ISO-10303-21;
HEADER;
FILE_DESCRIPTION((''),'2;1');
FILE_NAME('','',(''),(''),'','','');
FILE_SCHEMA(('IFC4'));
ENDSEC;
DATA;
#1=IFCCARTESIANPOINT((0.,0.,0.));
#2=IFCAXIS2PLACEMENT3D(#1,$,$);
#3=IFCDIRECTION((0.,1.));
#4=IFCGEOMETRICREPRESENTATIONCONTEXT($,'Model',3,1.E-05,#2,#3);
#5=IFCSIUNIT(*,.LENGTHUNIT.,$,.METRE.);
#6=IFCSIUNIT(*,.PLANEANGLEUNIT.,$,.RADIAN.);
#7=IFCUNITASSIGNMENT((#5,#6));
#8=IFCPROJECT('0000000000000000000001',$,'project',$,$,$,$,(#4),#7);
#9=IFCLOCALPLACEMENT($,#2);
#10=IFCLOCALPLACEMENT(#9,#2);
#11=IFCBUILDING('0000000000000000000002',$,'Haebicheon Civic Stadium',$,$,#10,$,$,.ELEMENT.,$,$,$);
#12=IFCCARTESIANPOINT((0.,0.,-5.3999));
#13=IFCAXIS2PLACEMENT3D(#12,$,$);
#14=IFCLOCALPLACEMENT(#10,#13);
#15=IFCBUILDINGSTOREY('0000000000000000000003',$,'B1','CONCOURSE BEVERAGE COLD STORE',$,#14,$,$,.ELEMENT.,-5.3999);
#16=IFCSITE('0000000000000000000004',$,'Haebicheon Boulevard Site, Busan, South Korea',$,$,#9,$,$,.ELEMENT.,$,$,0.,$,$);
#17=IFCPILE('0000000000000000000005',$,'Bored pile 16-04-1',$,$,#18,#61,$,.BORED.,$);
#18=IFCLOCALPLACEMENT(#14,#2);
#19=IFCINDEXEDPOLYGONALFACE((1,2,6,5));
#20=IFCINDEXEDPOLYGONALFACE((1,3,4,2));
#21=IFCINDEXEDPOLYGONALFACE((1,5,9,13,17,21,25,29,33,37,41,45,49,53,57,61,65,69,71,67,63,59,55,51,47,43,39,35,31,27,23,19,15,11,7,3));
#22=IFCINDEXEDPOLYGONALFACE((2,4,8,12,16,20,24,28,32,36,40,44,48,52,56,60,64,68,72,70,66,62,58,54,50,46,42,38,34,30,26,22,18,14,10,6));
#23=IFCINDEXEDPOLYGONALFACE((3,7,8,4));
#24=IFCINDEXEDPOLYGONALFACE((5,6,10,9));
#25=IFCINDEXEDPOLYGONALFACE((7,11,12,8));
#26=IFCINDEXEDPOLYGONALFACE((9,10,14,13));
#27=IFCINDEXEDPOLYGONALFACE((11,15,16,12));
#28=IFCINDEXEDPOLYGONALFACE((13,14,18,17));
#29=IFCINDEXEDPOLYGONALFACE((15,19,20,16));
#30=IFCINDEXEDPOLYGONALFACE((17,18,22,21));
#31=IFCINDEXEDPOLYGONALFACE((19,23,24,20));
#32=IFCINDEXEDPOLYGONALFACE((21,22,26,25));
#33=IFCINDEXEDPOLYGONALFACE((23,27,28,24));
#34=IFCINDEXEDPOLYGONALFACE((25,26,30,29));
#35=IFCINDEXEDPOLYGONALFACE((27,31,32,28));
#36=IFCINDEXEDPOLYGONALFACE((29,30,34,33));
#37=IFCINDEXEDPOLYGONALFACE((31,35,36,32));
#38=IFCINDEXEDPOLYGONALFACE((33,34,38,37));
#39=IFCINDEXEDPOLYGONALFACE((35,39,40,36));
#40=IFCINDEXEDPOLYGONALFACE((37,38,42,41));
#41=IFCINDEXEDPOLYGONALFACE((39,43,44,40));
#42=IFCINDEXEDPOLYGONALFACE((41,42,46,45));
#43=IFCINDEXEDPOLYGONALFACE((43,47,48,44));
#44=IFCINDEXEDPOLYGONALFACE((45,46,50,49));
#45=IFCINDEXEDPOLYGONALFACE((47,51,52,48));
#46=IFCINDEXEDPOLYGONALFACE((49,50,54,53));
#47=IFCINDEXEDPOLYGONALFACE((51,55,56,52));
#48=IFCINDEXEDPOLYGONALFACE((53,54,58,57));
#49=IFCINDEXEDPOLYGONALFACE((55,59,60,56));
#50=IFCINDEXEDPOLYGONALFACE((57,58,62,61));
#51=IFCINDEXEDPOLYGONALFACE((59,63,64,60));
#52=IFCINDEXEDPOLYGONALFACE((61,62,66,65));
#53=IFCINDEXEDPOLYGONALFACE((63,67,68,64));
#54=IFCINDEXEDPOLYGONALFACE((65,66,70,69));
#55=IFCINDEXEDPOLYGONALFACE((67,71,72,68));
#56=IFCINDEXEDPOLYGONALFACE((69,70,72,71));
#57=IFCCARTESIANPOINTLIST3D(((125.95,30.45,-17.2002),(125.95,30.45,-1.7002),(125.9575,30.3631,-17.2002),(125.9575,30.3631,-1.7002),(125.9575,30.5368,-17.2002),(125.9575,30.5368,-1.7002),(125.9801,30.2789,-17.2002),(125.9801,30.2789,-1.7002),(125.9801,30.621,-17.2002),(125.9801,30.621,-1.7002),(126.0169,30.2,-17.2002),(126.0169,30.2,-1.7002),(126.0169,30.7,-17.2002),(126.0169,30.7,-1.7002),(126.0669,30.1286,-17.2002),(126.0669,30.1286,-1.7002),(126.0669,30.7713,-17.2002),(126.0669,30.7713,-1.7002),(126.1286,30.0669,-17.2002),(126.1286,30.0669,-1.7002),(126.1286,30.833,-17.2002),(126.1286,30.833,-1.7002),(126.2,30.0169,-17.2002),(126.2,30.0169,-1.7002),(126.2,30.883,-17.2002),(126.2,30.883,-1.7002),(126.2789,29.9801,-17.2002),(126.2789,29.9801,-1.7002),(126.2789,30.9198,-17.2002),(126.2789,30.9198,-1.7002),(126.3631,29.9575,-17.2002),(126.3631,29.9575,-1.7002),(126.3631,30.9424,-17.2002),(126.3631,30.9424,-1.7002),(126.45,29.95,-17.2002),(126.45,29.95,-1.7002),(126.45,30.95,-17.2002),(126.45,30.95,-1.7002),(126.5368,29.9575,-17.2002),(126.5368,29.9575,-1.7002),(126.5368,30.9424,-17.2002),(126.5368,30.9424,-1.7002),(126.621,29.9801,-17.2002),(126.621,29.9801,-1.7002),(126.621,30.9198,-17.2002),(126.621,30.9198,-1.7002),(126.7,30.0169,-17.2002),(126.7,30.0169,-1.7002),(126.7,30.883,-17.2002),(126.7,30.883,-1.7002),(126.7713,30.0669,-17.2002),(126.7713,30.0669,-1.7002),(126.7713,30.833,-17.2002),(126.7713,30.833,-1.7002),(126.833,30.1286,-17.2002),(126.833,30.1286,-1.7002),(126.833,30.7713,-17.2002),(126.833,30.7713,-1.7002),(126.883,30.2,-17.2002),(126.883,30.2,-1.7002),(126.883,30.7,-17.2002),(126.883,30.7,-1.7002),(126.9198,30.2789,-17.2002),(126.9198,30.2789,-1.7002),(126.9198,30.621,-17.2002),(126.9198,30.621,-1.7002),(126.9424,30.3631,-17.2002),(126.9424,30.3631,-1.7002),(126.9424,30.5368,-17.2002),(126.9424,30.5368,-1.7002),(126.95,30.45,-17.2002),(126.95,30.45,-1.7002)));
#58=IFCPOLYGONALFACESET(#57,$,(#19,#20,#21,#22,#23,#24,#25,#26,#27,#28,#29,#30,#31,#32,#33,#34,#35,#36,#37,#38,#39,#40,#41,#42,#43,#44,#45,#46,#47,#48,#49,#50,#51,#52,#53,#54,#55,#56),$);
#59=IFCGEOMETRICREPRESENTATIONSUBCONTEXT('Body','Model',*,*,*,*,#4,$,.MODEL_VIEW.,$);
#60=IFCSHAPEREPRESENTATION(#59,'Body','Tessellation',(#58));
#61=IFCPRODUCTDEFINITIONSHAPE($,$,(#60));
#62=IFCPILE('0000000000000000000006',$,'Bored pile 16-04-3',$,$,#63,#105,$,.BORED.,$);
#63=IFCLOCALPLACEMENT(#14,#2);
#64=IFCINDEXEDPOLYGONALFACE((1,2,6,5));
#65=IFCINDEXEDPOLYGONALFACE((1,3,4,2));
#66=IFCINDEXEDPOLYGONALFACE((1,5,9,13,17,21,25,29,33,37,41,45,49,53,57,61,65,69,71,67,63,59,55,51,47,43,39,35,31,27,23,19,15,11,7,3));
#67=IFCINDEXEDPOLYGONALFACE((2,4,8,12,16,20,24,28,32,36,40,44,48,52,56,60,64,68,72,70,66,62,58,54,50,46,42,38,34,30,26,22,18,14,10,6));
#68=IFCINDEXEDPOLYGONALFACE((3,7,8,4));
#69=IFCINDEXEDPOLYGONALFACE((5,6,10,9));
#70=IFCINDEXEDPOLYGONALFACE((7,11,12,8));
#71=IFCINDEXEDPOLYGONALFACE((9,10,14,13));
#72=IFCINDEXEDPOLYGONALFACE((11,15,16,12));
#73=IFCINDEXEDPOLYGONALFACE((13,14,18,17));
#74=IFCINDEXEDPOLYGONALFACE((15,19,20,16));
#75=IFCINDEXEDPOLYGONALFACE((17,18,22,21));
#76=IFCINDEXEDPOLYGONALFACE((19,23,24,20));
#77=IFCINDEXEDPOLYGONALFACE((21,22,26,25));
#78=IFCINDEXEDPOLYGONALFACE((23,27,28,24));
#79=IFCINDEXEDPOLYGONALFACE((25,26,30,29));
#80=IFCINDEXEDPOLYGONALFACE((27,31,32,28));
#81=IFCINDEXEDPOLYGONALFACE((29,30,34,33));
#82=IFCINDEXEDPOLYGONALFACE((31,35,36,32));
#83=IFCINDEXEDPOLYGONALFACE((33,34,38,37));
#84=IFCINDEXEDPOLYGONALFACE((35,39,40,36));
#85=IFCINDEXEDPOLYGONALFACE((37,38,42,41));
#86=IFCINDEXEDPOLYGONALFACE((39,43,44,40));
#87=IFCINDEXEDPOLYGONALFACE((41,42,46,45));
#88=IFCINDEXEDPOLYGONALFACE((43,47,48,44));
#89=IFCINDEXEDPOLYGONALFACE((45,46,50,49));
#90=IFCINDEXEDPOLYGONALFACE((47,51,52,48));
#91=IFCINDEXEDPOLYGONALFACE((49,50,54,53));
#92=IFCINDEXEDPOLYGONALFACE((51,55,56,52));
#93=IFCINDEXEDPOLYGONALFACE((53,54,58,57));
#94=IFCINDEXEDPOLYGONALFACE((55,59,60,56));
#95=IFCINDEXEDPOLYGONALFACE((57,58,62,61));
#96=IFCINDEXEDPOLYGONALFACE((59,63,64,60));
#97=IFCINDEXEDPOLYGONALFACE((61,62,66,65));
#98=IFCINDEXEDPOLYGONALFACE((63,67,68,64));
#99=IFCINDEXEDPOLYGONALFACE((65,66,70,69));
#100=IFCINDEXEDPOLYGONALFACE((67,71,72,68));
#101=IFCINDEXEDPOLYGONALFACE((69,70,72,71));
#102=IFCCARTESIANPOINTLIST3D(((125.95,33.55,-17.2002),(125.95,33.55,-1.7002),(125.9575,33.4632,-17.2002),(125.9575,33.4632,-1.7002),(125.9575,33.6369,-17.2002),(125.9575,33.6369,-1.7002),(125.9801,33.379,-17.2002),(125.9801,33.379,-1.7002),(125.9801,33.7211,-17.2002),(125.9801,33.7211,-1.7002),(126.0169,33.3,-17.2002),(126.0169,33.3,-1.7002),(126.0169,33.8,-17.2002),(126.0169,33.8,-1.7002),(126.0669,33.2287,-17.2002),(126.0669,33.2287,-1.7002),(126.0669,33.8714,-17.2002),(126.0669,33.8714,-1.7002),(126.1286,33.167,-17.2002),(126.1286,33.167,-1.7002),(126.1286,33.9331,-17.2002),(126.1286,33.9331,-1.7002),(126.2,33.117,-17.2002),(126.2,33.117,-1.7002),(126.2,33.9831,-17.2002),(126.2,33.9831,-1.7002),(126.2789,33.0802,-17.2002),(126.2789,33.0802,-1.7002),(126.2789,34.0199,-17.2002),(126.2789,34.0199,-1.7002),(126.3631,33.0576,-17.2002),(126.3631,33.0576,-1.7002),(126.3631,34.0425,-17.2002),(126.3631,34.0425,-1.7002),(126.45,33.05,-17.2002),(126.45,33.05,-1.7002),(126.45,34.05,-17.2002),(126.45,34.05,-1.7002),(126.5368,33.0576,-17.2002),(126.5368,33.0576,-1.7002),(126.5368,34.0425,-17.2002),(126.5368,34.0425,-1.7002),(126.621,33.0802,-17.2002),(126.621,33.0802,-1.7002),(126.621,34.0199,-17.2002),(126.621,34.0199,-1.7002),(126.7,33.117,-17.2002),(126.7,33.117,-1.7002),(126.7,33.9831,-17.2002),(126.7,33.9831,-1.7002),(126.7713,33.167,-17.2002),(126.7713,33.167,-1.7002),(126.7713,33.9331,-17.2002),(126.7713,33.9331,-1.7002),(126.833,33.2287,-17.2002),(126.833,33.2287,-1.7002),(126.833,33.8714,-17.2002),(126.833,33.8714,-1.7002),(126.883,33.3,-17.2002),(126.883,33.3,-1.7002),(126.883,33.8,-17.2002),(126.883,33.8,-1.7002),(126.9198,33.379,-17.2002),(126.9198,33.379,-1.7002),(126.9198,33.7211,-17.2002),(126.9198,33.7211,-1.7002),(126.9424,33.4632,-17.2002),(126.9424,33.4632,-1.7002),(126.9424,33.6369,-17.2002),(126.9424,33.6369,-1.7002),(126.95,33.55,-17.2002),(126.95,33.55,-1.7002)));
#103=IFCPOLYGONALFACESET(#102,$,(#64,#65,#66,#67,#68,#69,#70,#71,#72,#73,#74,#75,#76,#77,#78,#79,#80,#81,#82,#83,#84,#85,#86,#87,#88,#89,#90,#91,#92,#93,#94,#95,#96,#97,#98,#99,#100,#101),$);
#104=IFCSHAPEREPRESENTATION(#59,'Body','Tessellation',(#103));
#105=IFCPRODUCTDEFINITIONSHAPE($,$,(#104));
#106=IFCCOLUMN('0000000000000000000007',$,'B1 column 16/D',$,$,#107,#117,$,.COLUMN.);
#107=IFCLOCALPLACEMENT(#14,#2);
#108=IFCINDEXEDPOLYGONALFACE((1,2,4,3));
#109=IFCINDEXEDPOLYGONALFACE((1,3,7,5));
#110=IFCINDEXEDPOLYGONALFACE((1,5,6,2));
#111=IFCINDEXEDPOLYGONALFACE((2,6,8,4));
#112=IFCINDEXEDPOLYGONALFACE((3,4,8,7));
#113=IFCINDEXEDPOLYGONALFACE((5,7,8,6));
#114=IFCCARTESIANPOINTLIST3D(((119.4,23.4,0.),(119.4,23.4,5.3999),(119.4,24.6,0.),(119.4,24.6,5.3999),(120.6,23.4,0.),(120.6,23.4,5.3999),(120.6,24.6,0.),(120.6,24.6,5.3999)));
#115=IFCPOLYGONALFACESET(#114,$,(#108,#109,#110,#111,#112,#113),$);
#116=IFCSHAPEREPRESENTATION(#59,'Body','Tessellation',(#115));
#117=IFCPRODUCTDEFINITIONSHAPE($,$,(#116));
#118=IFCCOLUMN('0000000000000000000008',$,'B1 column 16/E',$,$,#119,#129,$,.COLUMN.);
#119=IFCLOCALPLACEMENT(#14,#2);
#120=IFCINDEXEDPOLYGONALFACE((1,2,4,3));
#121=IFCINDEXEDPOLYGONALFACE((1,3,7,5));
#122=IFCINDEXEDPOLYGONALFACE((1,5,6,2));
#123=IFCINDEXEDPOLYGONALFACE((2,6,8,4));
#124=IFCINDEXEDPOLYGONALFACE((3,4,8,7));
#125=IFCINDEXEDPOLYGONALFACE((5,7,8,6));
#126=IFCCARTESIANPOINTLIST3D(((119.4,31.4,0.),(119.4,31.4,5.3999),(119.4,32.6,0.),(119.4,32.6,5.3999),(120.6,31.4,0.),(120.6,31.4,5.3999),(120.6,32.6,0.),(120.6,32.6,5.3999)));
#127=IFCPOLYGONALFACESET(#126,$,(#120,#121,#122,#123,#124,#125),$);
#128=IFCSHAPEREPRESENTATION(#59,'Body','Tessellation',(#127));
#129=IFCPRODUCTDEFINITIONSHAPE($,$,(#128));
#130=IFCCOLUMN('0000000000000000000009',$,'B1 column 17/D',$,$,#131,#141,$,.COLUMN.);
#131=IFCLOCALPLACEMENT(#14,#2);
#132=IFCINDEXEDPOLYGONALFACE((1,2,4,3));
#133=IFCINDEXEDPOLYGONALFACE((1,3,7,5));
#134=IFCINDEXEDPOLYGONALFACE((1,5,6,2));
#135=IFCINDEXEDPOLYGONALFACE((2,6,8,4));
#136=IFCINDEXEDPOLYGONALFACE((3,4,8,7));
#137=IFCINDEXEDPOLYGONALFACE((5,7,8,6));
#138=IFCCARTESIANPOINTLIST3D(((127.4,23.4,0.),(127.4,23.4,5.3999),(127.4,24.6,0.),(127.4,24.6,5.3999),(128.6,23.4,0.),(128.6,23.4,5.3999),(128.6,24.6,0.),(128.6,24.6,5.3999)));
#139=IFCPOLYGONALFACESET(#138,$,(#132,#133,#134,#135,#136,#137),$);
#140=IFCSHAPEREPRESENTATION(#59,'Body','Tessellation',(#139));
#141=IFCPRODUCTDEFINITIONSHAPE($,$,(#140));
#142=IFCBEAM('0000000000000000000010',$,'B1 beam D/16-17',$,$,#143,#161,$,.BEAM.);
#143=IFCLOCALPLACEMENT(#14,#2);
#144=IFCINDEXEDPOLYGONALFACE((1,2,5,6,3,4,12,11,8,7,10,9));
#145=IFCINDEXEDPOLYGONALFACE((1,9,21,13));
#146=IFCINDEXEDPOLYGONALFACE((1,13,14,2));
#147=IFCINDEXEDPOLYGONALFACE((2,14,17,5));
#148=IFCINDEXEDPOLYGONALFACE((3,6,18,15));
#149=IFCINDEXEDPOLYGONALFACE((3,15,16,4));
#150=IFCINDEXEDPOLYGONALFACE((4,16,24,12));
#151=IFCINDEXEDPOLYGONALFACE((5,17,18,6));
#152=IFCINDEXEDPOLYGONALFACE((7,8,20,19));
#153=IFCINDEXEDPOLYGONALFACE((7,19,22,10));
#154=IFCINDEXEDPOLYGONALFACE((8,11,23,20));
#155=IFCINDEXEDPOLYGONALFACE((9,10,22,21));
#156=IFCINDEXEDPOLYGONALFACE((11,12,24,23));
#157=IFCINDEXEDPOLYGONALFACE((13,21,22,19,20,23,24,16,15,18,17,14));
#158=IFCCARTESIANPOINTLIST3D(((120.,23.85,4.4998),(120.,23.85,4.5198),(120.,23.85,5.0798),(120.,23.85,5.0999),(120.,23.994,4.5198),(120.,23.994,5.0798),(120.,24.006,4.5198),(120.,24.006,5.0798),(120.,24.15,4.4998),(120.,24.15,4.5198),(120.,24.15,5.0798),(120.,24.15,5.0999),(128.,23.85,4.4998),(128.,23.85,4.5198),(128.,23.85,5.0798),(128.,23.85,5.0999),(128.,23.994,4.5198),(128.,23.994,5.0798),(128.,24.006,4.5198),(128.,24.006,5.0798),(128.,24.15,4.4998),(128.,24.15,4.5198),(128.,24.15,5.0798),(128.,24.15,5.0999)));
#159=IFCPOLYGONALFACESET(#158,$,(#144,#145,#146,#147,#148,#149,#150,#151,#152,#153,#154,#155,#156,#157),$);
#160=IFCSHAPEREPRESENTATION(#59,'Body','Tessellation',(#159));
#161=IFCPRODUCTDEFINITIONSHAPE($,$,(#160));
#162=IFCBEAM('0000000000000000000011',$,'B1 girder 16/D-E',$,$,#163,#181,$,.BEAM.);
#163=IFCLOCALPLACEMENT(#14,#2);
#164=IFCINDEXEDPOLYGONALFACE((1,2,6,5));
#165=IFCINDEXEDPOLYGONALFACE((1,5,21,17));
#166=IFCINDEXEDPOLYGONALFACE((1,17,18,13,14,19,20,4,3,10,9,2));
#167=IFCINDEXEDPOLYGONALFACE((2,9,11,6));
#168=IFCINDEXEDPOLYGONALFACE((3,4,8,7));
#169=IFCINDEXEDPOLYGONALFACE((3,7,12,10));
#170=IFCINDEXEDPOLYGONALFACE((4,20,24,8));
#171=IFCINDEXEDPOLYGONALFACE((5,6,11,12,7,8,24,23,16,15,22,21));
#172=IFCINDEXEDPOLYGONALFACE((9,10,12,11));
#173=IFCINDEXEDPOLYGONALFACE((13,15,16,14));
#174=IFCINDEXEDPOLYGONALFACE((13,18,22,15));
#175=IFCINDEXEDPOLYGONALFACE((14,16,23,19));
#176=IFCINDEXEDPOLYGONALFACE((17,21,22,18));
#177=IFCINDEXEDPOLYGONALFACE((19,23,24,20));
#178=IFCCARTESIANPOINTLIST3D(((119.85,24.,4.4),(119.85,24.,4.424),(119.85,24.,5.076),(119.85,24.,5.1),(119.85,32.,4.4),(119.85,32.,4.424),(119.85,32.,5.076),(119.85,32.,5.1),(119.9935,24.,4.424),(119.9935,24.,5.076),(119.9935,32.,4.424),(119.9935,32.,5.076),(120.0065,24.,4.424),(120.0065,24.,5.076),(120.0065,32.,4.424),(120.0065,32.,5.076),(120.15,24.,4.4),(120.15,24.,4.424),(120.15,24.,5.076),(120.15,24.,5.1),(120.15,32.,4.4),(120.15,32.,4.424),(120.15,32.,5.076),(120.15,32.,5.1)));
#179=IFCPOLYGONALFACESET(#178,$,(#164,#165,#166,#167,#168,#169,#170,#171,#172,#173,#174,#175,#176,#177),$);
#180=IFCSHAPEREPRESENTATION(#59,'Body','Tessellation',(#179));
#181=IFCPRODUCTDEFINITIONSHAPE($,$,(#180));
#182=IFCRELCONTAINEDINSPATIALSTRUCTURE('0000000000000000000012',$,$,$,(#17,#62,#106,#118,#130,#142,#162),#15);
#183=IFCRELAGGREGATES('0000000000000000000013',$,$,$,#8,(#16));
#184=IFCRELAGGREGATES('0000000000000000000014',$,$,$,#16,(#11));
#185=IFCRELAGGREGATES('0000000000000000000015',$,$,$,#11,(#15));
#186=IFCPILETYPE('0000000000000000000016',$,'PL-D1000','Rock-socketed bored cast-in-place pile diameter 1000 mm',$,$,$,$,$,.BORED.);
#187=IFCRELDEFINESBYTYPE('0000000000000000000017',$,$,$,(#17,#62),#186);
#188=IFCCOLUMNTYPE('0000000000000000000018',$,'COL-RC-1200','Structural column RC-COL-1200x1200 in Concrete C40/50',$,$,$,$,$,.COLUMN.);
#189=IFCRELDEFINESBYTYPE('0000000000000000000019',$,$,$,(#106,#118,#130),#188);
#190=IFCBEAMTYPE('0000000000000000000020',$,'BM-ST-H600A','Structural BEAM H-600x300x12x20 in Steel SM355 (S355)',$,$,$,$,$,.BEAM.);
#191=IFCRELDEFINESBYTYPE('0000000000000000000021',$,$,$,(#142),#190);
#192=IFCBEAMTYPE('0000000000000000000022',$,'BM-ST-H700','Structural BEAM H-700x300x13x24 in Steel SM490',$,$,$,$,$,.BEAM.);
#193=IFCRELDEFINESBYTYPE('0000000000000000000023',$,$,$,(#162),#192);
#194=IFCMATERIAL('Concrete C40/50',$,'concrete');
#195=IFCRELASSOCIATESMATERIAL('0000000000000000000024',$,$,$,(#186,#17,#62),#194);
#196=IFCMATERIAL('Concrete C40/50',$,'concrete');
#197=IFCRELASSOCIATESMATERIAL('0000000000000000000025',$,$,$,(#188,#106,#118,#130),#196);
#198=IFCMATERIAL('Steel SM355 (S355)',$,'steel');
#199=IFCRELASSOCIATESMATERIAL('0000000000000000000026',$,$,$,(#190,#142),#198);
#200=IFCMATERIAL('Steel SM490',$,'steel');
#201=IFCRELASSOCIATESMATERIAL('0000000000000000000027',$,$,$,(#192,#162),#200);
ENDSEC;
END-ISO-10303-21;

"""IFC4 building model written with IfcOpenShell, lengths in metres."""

from ifc_helpers import new_model, si_unit, direction, frame, origin, origin_2d, place, context, subcontext, project, spatial, rectangle, circle, i_section, extrude, material, material_profile, profile_set, type_object, element, save


model = new_model("IFC4")

# Units and contexts
model_context = context("Model", 3, precision=1e-05, world=origin(), true_north=direction((0.0, 1.0)))
body_context = subcontext(model_context, "Body", "Model", "MODEL_VIEW")
ifc_project = project(units=[si_unit("LENGTHUNIT", "METRE"), si_unit("PLANEANGLEUNIT", "RADIAN")], contexts=[model_context])

# Site, building, storey
site_placement = place(None, origin())
site = spatial("IfcSite", under=ifc_project, at=site_placement, Name="Haebicheon Boulevard Site, Busan, South Korea", CompositionType="ELEMENT", RefElevation=0.0)
building_placement = place(site_placement, origin())
building = spatial("IfcBuilding", under=site, at=building_placement, Name="Haebicheon Civic Stadium", CompositionType="ELEMENT")
storey_placement = place(building_placement, frame((0.0, 0.0, -5.3999)))
storey = spatial("IfcBuildingStorey", under=building, at=storey_placement, Name="B1", Description="CONCOURSE BEVERAGE COLD STORE", CompositionType="ELEMENT", Elevation=-5.3999)

# Piles
ifc_material_1 = material(Name="Concrete C40/50", Category="concrete")
ifc_material_profile_1 = material_profile(ifc_material_1, circle(Radius=0.5, at=origin_2d()), Name="PILE-D1000")
ifc_profile_set_1 = profile_set([ifc_material_profile_1], Name="Concrete C40/50")
pile_type = type_object("IfcPileType", Name="PL-D1000", Description="Rock-socketed bored cast-in-place pile diameter 1000 mm", PredefinedType="BORED", material=ifc_profile_set_1)
for number, where, z_axis, x_axis, name in (
    (1, (126.45, 30.45, -1.7002), (0.0, 0.0, -1.0), (1.0, 0.0, 0.0), "Bored pile 16-04-1"),
    (2, (126.45, 33.55, -1.7002), (0.0, 0.0, -1.0), (1.0, 0.0, 0.0), "Bored pile 16-04-3"),
):
    element("IfcPile", number, at=place(storey_placement, frame(where, z_axis=z_axis, x_axis=x_axis)), inside=storey, type_object=pile_type, material=ifc_profile_set_1, Name=name, PredefinedType="BORED", context=body_context, shape_type="SweptSolid", body=[
        extrude(circle(Radius=0.5, at=origin_2d()), origin(), (0.0, 0.0, 1.0), 15.5),
    ])

# Columns
ifc_material_2 = material(Name="Concrete C40/50", Category="concrete")
ifc_material_profile_2 = material_profile(ifc_material_2, rectangle(XDim=1.2, YDim=1.2, at=origin_2d()), Name="RC-COL-1200x1200")
ifc_profile_set_2 = profile_set([ifc_material_profile_2], Name="Concrete C40/50")
column_type = type_object("IfcColumnType", Name="COL-RC-1200", Description="Structural column RC-COL-1200x1200 in Concrete C40/50", PredefinedType="COLUMN", material=ifc_profile_set_2)
for number, where, z_axis, x_axis, name in (
    (3, (120.0, 24.0, 0.0), (0.0, 0.0, 1.0), (1.0, 0.0, 0.0), "B1 column 16/D"),
    (4, (120.0, 32.0, 0.0), (0.0, 0.0, 1.0), (1.0, 0.0, 0.0), "B1 column 16/E"),
    (5, (128.0, 24.0, 0.0), (0.0, 0.0, 1.0), (1.0, 0.0, 0.0), "B1 column 17/D"),
):
    element("IfcColumn", number, at=place(storey_placement, frame(where, z_axis=z_axis, x_axis=x_axis)), inside=storey, type_object=column_type, material=ifc_profile_set_2, Name=name, PredefinedType="COLUMN", context=body_context, shape_type="SweptSolid", body=[
        extrude(rectangle(XDim=1.2, YDim=1.2, at=origin_2d()), origin(), (0.0, 0.0, 1.0), 5.3999),
    ])

# Beams
ifc_material_3 = material(Name="Steel SM355 (S355)", Category="steel")
ifc_material_profile_3 = material_profile(ifc_material_3, i_section(OverallWidth=0.3, OverallDepth=0.6001, WebThickness=0.012, FlangeThickness=0.02, at=origin_2d()), Name="H-600x300x12x20")
ifc_profile_set_3 = profile_set([ifc_material_profile_3], Name="Steel SM355 (S355)")
beam_type_1 = type_object("IfcBeamType", Name="BM-ST-H600A", Description="Structural BEAM H-600x300x12x20 in Steel SM355 (S355)", PredefinedType="BEAM", material=ifc_profile_set_3)
beam_1_placement = place(storey_placement, frame((120.0, 24.0, 4.7998), z_axis=(1.0, 0.0, 0.0), x_axis=(0.0, 1.0, 0.0)))
element("IfcBeam", 6, at=beam_1_placement, inside=storey, type_object=beam_type_1, material=ifc_profile_set_3, Name="B1 beam D/16-17", PredefinedType="BEAM", context=body_context, shape_type="SweptSolid", body=[
    extrude(i_section(OverallWidth=0.3, OverallDepth=0.6001, WebThickness=0.012, FlangeThickness=0.02, at=origin_2d()), origin(), (0.0, 0.0, 1.0), 8.0),
])
ifc_material_4 = material(Name="Steel SM490", Category="steel")
ifc_material_profile_4 = material_profile(ifc_material_4, i_section(OverallWidth=0.3, OverallDepth=0.7, WebThickness=0.0129, FlangeThickness=0.0239, at=origin_2d()), Name="H-700x300x13x24")
ifc_profile_set_4 = profile_set([ifc_material_profile_4], Name="Steel SM490")
beam_type_2 = type_object("IfcBeamType", Name="BM-ST-H700", Description="Structural BEAM H-700x300x13x24 in Steel SM490", PredefinedType="BEAM", material=ifc_profile_set_4)
beam_2_placement = place(storey_placement, frame((120.0, 24.0, 4.75), z_axis=(0.0, 1.0, 0.0), x_axis=(-1.0, 0.0, 0.0)))
element("IfcBeam", 7, at=beam_2_placement, inside=storey, type_object=beam_type_2, material=ifc_profile_set_4, Name="B1 girder 16/D-E", PredefinedType="BEAM", context=body_context, shape_type="SweptSolid", body=[
    extrude(i_section(OverallWidth=0.3, OverallDepth=0.7, WebThickness=0.0129, FlangeThickness=0.0239, at=origin_2d()), origin(), (0.0, 0.0, 1.0), 8.0),
])

save(model, "model.ifc")
